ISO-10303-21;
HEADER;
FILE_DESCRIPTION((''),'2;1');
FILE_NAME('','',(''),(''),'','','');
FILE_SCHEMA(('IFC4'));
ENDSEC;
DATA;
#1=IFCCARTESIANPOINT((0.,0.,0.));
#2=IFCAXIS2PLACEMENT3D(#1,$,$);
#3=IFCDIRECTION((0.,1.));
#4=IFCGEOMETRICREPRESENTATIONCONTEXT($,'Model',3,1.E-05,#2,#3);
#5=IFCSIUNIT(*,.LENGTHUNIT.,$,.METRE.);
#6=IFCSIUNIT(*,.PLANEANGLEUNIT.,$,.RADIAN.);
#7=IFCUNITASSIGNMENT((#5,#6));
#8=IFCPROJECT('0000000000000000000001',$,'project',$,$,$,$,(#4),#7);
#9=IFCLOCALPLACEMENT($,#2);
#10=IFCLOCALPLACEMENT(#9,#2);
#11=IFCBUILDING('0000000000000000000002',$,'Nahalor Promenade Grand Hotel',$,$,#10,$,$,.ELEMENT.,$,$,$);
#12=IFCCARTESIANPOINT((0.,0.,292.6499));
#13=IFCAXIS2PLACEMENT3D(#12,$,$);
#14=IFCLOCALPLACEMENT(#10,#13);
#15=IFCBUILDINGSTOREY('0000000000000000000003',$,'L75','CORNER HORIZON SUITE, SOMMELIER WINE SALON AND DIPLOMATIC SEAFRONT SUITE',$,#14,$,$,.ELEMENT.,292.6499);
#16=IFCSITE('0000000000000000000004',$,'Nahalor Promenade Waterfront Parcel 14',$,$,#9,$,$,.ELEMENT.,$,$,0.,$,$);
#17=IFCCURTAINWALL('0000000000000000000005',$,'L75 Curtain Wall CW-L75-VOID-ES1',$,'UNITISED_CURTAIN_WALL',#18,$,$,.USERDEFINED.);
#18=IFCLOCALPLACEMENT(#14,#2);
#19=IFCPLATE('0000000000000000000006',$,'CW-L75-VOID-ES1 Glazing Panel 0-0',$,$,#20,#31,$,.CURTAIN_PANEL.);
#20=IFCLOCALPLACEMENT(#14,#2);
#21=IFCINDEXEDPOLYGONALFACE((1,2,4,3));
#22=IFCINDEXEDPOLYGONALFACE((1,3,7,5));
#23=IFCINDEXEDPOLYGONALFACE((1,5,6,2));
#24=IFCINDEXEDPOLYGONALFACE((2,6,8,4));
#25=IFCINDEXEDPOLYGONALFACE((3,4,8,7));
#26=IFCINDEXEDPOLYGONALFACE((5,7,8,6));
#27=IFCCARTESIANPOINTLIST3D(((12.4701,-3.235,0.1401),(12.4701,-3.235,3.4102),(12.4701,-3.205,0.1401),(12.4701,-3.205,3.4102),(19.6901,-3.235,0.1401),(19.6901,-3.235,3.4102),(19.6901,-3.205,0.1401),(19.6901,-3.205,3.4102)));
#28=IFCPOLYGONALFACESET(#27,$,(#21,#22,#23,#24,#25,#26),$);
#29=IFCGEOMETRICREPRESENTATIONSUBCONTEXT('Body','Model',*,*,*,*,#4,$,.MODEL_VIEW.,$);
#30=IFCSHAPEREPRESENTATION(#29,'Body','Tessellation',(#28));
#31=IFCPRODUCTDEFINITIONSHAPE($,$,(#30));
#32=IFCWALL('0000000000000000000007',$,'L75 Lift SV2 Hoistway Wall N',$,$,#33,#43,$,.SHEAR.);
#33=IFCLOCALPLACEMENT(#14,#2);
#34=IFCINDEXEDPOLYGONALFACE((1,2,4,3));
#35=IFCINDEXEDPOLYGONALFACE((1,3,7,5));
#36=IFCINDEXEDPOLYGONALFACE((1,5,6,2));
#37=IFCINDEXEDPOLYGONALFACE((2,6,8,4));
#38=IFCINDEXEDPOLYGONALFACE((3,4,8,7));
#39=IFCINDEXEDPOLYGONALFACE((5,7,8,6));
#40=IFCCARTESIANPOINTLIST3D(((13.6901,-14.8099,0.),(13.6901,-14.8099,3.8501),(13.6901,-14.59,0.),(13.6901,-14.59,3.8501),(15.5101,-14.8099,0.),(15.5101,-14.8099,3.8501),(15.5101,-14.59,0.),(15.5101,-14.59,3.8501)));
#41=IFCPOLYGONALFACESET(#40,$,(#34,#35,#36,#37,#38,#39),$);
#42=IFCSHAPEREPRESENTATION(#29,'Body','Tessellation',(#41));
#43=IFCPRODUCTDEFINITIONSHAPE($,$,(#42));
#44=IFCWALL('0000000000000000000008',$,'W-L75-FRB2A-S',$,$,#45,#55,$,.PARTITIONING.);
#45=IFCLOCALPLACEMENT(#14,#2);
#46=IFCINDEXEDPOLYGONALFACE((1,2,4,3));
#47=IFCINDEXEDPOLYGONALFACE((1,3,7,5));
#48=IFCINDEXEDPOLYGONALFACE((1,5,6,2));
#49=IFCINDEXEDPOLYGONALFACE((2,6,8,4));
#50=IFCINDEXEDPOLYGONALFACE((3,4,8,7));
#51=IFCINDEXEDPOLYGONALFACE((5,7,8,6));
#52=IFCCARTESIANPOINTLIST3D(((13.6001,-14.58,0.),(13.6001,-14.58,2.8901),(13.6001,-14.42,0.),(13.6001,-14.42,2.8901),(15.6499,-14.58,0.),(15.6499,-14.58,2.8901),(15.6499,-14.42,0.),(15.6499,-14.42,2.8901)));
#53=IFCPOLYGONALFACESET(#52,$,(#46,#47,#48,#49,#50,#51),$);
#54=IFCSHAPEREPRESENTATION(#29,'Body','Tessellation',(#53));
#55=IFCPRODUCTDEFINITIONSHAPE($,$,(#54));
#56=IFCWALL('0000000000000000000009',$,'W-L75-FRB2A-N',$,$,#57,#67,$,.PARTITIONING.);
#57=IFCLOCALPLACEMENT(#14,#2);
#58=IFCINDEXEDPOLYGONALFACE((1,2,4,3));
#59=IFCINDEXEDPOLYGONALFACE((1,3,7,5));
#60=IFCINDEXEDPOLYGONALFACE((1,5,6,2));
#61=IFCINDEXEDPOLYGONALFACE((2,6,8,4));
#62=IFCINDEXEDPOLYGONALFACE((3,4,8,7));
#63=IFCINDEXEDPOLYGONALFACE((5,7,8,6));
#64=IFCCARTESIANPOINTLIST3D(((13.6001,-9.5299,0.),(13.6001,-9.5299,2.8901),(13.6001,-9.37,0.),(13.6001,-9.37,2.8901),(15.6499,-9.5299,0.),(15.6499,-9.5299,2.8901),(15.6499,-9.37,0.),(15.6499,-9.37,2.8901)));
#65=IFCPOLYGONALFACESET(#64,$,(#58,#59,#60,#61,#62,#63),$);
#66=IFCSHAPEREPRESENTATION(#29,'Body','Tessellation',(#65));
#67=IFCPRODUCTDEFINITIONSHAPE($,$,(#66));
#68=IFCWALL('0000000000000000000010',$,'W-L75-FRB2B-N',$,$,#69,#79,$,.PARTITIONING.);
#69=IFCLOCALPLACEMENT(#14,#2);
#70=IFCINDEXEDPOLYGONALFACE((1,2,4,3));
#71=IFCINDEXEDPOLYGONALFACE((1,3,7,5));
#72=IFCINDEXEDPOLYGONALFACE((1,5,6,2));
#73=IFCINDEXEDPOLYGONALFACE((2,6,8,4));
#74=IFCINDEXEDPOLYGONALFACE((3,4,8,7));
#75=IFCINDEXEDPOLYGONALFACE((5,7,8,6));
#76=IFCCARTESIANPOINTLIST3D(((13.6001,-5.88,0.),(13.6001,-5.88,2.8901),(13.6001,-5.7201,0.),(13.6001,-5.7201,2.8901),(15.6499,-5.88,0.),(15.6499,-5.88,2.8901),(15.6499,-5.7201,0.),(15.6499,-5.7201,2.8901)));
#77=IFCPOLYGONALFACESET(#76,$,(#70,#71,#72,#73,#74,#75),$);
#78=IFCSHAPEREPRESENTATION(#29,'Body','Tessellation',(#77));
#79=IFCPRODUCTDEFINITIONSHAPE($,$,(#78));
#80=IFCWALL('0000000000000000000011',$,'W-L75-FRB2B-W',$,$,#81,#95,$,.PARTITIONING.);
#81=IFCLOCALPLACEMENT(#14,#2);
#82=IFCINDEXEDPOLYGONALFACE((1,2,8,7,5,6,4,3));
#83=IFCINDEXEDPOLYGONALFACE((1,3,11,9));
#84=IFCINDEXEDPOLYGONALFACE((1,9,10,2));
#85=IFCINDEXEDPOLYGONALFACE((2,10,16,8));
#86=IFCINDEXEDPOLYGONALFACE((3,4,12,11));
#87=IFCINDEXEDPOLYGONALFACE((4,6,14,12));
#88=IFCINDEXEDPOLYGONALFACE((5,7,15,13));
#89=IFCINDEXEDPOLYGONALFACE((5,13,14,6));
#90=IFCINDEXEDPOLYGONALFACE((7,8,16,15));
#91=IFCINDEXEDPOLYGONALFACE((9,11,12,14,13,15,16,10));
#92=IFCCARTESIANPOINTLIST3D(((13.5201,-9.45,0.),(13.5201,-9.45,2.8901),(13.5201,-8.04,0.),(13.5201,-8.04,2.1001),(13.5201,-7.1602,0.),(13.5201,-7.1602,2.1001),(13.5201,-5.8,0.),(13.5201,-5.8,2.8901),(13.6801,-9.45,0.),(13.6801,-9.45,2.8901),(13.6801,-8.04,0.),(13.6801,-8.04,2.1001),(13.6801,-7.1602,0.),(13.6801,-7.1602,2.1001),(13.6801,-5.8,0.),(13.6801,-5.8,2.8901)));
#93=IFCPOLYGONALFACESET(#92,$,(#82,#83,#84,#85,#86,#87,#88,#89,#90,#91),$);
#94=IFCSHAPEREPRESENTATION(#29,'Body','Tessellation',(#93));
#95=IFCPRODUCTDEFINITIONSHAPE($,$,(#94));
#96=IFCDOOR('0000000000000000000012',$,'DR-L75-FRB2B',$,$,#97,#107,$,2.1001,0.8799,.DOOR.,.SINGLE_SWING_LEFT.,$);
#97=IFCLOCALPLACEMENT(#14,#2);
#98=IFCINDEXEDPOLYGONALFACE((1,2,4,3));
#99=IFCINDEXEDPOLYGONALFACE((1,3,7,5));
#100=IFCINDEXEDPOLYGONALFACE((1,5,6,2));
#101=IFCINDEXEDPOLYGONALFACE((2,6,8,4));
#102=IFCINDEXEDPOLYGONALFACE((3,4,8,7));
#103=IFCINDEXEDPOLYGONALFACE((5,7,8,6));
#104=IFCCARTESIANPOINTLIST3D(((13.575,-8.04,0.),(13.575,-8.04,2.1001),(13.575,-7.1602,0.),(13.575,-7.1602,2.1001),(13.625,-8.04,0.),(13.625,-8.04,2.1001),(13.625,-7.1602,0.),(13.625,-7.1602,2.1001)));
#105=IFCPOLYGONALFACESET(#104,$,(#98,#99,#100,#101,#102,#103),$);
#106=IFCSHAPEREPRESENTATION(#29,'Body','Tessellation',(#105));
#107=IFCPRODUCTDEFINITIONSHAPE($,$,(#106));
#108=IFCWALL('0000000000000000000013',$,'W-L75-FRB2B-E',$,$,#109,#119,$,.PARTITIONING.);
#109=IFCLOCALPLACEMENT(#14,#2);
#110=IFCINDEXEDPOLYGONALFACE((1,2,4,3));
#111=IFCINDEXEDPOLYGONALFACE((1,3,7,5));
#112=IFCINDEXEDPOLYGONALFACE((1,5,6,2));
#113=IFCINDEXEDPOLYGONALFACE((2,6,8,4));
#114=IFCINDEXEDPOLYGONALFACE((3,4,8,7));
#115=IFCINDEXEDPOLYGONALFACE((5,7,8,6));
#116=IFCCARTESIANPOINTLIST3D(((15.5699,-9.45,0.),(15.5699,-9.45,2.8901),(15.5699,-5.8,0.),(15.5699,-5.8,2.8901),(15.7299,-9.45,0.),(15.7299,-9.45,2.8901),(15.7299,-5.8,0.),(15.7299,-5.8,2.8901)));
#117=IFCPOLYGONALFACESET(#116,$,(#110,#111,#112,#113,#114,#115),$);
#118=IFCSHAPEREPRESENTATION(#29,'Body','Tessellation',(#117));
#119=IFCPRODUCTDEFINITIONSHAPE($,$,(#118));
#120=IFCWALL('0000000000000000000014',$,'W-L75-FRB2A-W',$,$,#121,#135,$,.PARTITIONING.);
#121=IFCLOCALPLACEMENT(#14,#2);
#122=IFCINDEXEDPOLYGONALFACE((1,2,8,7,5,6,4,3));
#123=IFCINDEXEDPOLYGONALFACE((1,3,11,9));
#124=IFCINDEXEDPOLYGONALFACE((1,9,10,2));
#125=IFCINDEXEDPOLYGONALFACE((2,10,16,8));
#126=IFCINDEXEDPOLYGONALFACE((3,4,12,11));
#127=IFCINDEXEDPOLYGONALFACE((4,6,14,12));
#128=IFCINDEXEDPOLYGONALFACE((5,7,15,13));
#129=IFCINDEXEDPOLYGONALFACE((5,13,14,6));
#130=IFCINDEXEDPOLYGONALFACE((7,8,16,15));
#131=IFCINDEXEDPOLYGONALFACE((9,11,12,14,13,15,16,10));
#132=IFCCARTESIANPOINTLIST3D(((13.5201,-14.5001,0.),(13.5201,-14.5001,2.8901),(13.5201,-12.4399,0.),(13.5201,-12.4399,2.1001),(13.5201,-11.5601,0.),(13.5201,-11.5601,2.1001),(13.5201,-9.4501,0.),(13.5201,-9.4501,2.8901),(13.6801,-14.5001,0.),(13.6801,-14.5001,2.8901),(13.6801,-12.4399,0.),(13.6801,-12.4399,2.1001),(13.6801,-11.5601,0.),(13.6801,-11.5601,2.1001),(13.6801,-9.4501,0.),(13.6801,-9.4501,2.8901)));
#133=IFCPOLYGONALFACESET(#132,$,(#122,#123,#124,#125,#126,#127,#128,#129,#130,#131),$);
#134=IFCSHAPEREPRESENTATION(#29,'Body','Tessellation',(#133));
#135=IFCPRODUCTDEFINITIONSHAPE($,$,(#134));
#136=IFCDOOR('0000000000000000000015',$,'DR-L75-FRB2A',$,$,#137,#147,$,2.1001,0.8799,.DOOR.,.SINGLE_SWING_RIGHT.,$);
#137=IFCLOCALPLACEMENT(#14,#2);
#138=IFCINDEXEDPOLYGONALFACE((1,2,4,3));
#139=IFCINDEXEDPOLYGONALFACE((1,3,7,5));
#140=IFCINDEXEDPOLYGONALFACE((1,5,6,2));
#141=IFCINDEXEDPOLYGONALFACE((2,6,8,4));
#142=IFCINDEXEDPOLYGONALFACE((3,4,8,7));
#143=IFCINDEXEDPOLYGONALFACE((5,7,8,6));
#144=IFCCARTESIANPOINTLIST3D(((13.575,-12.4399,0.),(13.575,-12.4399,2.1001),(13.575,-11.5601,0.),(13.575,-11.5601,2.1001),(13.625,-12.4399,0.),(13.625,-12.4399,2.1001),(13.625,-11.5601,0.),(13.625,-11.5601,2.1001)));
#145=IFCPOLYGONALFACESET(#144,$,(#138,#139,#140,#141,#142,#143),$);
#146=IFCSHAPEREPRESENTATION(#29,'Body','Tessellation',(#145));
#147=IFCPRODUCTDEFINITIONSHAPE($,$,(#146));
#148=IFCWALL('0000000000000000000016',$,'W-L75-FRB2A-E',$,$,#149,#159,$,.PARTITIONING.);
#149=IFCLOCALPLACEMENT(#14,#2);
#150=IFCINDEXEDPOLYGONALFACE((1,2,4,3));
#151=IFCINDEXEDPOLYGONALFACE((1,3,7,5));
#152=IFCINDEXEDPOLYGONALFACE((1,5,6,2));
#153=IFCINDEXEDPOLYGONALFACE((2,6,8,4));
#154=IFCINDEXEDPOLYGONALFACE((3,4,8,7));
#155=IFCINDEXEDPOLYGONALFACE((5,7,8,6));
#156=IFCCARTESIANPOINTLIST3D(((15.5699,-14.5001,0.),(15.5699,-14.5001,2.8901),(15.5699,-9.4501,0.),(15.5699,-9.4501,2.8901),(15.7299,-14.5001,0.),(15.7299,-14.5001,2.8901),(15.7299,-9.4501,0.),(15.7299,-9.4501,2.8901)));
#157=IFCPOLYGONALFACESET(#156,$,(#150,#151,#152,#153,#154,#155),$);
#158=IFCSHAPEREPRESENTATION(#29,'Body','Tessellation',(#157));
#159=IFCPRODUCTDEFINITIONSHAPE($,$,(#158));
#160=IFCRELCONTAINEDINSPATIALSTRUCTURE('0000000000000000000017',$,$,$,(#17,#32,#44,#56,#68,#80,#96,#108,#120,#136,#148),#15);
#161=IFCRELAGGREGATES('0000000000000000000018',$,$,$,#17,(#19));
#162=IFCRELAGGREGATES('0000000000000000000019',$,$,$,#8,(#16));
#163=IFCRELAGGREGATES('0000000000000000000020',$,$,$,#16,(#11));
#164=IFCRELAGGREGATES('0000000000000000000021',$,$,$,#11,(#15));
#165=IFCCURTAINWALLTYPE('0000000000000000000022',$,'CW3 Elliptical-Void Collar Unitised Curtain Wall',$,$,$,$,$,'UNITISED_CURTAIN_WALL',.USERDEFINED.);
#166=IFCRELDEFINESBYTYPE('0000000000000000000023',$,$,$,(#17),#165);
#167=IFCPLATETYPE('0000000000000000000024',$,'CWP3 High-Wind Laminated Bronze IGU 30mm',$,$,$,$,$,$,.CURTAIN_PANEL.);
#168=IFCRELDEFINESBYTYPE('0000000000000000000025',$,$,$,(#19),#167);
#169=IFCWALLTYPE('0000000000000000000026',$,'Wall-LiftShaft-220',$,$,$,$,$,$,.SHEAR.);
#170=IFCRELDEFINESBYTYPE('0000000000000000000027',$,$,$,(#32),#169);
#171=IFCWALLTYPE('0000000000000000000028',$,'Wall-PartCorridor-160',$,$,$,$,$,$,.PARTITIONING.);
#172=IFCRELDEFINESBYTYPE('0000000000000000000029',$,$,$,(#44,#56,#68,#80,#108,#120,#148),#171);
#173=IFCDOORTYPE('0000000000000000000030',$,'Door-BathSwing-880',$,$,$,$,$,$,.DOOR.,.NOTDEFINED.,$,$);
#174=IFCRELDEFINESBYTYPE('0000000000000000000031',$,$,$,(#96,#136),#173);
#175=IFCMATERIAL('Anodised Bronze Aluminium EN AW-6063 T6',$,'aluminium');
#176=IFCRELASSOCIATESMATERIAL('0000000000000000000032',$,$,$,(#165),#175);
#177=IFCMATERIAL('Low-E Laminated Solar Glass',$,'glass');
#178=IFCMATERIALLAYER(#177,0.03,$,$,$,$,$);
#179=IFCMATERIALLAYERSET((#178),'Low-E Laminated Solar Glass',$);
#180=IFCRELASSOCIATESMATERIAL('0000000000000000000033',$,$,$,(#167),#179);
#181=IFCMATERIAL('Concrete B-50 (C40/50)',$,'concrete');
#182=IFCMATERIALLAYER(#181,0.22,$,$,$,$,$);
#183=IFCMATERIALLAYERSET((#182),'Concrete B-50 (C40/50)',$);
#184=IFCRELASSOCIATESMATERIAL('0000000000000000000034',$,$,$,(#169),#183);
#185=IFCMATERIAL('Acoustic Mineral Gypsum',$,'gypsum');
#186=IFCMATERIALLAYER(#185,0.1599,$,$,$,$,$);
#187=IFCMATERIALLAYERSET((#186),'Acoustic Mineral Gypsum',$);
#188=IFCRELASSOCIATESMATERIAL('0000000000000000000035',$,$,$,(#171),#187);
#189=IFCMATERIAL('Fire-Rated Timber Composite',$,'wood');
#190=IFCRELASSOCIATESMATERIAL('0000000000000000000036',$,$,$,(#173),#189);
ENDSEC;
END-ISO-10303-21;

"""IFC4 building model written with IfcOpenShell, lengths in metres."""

from ifc_helpers import new_model, si_unit, direction, frame, frame_2d, origin, origin_2d, place, context, subcontext, project, spatial, rectangle, extrude, source, transform, mapped, material, layer, layer_set, type_object, element, fill, aggregate, save


model = new_model("IFC4")

# Units and contexts
model_context = context("Model", 3, precision=1e-05, world=origin(), true_north=direction((0.0, 1.0)))
body_context = subcontext(model_context, "Body", "Model", "MODEL_VIEW")
ifc_project = project(units=[si_unit("LENGTHUNIT", "METRE"), si_unit("PLANEANGLEUNIT", "RADIAN")], contexts=[model_context])

# Site, building, storey
site_placement = place(None, origin())
site = spatial("IfcSite", under=ifc_project, at=site_placement, Name="Nahalor Promenade Waterfront Parcel 14", CompositionType="ELEMENT", RefElevation=0.0)
building_placement = place(site_placement, origin())
building = spatial("IfcBuilding", under=site, at=building_placement, Name="Nahalor Promenade Grand Hotel", CompositionType="ELEMENT")
storey_placement = place(building_placement, frame((0.0, 0.0, 292.6499)))
storey = spatial("IfcBuildingStorey", under=building, at=storey_placement, Name="L75", Description="CORNER HORIZON SUITE, SOMMELIER WINE SALON AND DIPLOMATIC SEAFRONT SUITE", CompositionType="ELEMENT", Elevation=292.6499)

# Curtain wall
ifc_material_1 = material(Name="Anodised Bronze Aluminium EN AW-6063 T6", Category="aluminium")
curtain_wall_type = type_object("IfcCurtainWallType", Name="CW3 Elliptical-Void Collar Unitised Curtain Wall", ElementType="UNITISED_CURTAIN_WALL", PredefinedType="USERDEFINED", material=ifc_material_1)
curtain_wall_1_placement = place(storey_placement, origin())
curtain_wall_1 = element("IfcCurtainWall", 1, at=curtain_wall_1_placement, inside=storey, type_object=curtain_wall_type, Name="L75 Curtain Wall CW-L75-VOID-ES1", ObjectType="UNITISED_CURTAIN_WALL", PredefinedType="USERDEFINED")

# Plate
ifc_material_2 = material(Name="Low-E Laminated Solar Glass", Category="glass")
ifc_layer_1 = layer(ifc_material_2, 0.03)
ifc_layer_set_1 = layer_set([ifc_layer_1], Name="Low-E Laminated Solar Glass")
plate_type_1 = type_object("IfcPlateType", Name="CWP3 High-Wind Laminated Bronze IGU 30mm", PredefinedType="CURTAIN_PANEL", material=ifc_layer_set_1)
shared_shape_1 = source(origin(), body_context, "Body", "SweptSolid", [
    extrude(rectangle(XDim=7.22, YDim=0.03, at=origin_2d()), origin(), (0.0, 0.0, 1.0), 3.27),
])
plate_1_placement = place(storey_placement, frame((16.0801, -3.22, 0.1401), z_axis=(0.0, 0.0, 1.0), x_axis=(1.0, 0.0, 0.0)))
plate_1 = element("IfcPlate", 2, at=plate_1_placement, type_object=plate_type_1, Name="CW-L75-VOID-ES1 Glazing Panel 0-0", PredefinedType="CURTAIN_PANEL", context=body_context, shape_type="MappedRepresentation", body=[
    mapped(shared_shape_1, transform((0.0, 0.0, 0.0), scale=1.0)),
])
aggregate(curtain_wall_1, [plate_1])

# Walls
ifc_material_3 = material(Name="Concrete B-50 (C40/50)", Category="concrete")
ifc_layer_2 = layer(ifc_material_3, 0.22)
ifc_layer_set_2 = layer_set([ifc_layer_2], Name="Concrete B-50 (C40/50)")
wall_type_1 = type_object("IfcWallType", Name="Wall-LiftShaft-220", PredefinedType="SHEAR", material=ifc_layer_set_2)
shared_shape_2 = source(origin(), body_context, "Body", "SweptSolid", [
    extrude(rectangle(XDim=1.8201, YDim=0.22, at=frame_2d((0.9102, 0.0))), origin(), (0.0, 0.0, 1.0), 3.8501),
])
wall_1_placement = place(storey_placement, frame((13.6899, -14.7, 0.0), z_axis=(0.0, 0.0, 1.0), x_axis=(1.0, 0.0, 0.0)))
element("IfcWall", 3, at=wall_1_placement, inside=storey, type_object=wall_type_1, Name="L75 Lift SV2 Hoistway Wall N", PredefinedType="SHEAR", context=body_context, shape_type="MappedRepresentation", body=[
    mapped(shared_shape_2, transform((0.0, 0.0, 0.0), scale=1.0)),
])
ifc_material_4 = material(Name="Acoustic Mineral Gypsum", Category="gypsum")
ifc_layer_3 = layer(ifc_material_4, 0.1599)
ifc_layer_set_3 = layer_set([ifc_layer_3], Name="Acoustic Mineral Gypsum")
wall_type_2 = type_object("IfcWallType", Name="Wall-PartCorridor-160", PredefinedType="PARTITIONING", material=ifc_layer_set_3)
shared_shape_3 = source(origin(), body_context, "Body", "SweptSolid", [
    extrude(rectangle(XDim=2.0498, YDim=0.1599, at=frame_2d((1.0249, 0.0))), origin(), (0.0, 0.0, 1.0), 2.8901),
])
for number, where, z_axis, x_axis, name in (
    (4, (13.6001, -14.5, 0.0), (0.0, 0.0, 1.0), (1.0, 0.0, 0.0), "W-L75-FRB2A-S"),
    (5, (13.6001, -9.45, 0.0), (0.0, 0.0, 1.0), (1.0, 0.0, 0.0), "W-L75-FRB2A-N"),
    (6, (13.6001, -5.8, 0.0), (0.0, 0.0, 1.0), (1.0, 0.0, 0.0), "W-L75-FRB2B-N"),
):
    element("IfcWall", number, at=place(storey_placement, frame(where, z_axis=z_axis, x_axis=x_axis)), inside=storey, type_object=wall_type_2, Name=name, PredefinedType="PARTITIONING", context=body_context, shape_type="MappedRepresentation", body=[
        mapped(shared_shape_3, transform((0.0, 0.0, 0.0), scale=1.0)),
    ])

# Wall, opening, door
shared_shape_4 = source(origin(), body_context, "Body", "SweptSolid", [
    extrude(rectangle(XDim=3.6499, YDim=0.1599, at=frame_2d((1.825, 0.0))), origin(), (0.0, 0.0, 1.0), 2.8901),
])
wall_2_placement = place(storey_placement, frame((13.6001, -9.45, 0.0), z_axis=(0.0, 0.0, 1.0), x_axis=(0.0, 1.0, 0.0)))
wall_2 = element("IfcWall", 7, at=wall_2_placement, inside=storey, type_object=wall_type_2, Name="W-L75-FRB2B-W", PredefinedType="PARTITIONING", context=body_context, shape_type="MappedRepresentation", body=[
    mapped(shared_shape_4, transform((0.0, 0.0, 0.0), scale=1.0)),
])
opening_1_placement = place(wall_2_placement, frame((1.4099, 0.0, 0.0)))
opening_1 = element("IfcOpeningElement", 8, at=opening_1_placement, cuts=wall_2, PredefinedType="OPENING", context=body_context, shape_type="SweptSolid", body=[
    extrude(rectangle(XDim=0.8799, YDim=2.1001, at=frame_2d((0.4399, 1.05))), frame((0.0, 0.0898, 0.0), z_axis=(0.0, -1.0, 0.0), x_axis=(1.0, 0.0, 0.0)), (0.0, 0.0, 1.0), 0.1799),
])
ifc_material_5 = material(Name="Fire-Rated Timber Composite", Category="wood")
door_type_1 = type_object("IfcDoorType", Name="Door-BathSwing-880", OperationType="NOTDEFINED", PredefinedType="DOOR", material=ifc_material_5)
shared_shape_5 = source(origin(), body_context, "Body", "SweptSolid", [
    extrude(rectangle(XDim=0.8799, YDim=2.1001, at=frame_2d((0.4399, 1.05))), frame((0.0, 0.0249, 0.0), z_axis=(0.0, -1.0, 0.0), x_axis=(1.0, 0.0, 0.0)), (0.0, 0.0, 1.0), 0.05),
])
door_1_placement = place(opening_1_placement, frame((0.8799, 0.0, 0.0), z_axis=(0.0, 0.0, 1.0), x_axis=(-1.0, 0.0, 0.0)))
door_1 = element("IfcDoor", 9, at=door_1_placement, inside=storey, type_object=door_type_1, Name="DR-L75-FRB2B", OperationType="SINGLE_SWING_LEFT", OverallHeight=2.1001, OverallWidth=0.8799, PredefinedType="DOOR", context=body_context, shape_type="MappedRepresentation", body=[
    mapped(shared_shape_5, transform((0.0, 0.0, 0.0), scale=1.0)),
])
fill(opening_1, door_1)

# Wall
wall_3_placement = place(storey_placement, frame((15.6499, -9.45, 0.0), z_axis=(0.0, 0.0, 1.0), x_axis=(0.0, 1.0, 0.0)))
element("IfcWall", 10, at=wall_3_placement, inside=storey, type_object=wall_type_2, Name="W-L75-FRB2B-E", PredefinedType="PARTITIONING", context=body_context, shape_type="MappedRepresentation", body=[
    mapped(shared_shape_4, transform((0.0, 0.0, 0.0), scale=1.0)),
])

# Wall, opening, door
shared_shape_6 = source(origin(), body_context, "Body", "SweptSolid", [
    extrude(rectangle(XDim=5.05, YDim=0.1599, at=frame_2d((2.5249, 0.0))), origin(), (0.0, 0.0, 1.0), 2.8901),
])
wall_4_placement = place(storey_placement, frame((13.6001, -14.5, 0.0), z_axis=(0.0, 0.0, 1.0), x_axis=(0.0, 1.0, 0.0)))
wall_4 = element("IfcWall", 11, at=wall_4_placement, inside=storey, type_object=wall_type_2, Name="W-L75-FRB2A-W", PredefinedType="PARTITIONING", context=body_context, shape_type="MappedRepresentation", body=[
    mapped(shared_shape_6, transform((0.0, 0.0, 0.0), scale=1.0)),
])
opening_2_placement = place(wall_4_placement, frame((2.0601, 0.0, 0.0)))
opening_2 = element("IfcOpeningElement", 12, at=opening_2_placement, cuts=wall_4, PredefinedType="OPENING", context=body_context, shape_type="SweptSolid", body=[
    extrude(rectangle(XDim=0.8799, YDim=2.1001, at=frame_2d((0.4399, 1.05))), frame((0.0, 0.0898, 0.0), z_axis=(0.0, -1.0, 0.0), x_axis=(1.0, 0.0, 0.0)), (0.0, 0.0, 1.0), 0.1799),
])
door_2_placement = place(opening_2_placement, frame((0.8799, 0.0, 0.0), z_axis=(0.0, 0.0, 1.0), x_axis=(-1.0, 0.0, 0.0)))
door_2 = element("IfcDoor", 13, at=door_2_placement, inside=storey, type_object=door_type_1, Name="DR-L75-FRB2A", OperationType="SINGLE_SWING_RIGHT", OverallHeight=2.1001, OverallWidth=0.8799, PredefinedType="DOOR", context=body_context, shape_type="MappedRepresentation", body=[
    mapped(shared_shape_5, transform((0.0, 0.0, 0.0), scale=1.0)),
])
fill(opening_2, door_2)

# Wall
wall_5_placement = place(storey_placement, frame((15.6499, -14.5, 0.0), z_axis=(0.0, 0.0, 1.0), x_axis=(0.0, 1.0, 0.0)))
element("IfcWall", 14, at=wall_5_placement, inside=storey, type_object=wall_type_2, Name="W-L75-FRB2A-E", PredefinedType="PARTITIONING", context=body_context, shape_type="MappedRepresentation", body=[
    mapped(shared_shape_6, transform((0.0, 0.0, 0.0), scale=1.0)),
])

save(model, "model.ifc")
